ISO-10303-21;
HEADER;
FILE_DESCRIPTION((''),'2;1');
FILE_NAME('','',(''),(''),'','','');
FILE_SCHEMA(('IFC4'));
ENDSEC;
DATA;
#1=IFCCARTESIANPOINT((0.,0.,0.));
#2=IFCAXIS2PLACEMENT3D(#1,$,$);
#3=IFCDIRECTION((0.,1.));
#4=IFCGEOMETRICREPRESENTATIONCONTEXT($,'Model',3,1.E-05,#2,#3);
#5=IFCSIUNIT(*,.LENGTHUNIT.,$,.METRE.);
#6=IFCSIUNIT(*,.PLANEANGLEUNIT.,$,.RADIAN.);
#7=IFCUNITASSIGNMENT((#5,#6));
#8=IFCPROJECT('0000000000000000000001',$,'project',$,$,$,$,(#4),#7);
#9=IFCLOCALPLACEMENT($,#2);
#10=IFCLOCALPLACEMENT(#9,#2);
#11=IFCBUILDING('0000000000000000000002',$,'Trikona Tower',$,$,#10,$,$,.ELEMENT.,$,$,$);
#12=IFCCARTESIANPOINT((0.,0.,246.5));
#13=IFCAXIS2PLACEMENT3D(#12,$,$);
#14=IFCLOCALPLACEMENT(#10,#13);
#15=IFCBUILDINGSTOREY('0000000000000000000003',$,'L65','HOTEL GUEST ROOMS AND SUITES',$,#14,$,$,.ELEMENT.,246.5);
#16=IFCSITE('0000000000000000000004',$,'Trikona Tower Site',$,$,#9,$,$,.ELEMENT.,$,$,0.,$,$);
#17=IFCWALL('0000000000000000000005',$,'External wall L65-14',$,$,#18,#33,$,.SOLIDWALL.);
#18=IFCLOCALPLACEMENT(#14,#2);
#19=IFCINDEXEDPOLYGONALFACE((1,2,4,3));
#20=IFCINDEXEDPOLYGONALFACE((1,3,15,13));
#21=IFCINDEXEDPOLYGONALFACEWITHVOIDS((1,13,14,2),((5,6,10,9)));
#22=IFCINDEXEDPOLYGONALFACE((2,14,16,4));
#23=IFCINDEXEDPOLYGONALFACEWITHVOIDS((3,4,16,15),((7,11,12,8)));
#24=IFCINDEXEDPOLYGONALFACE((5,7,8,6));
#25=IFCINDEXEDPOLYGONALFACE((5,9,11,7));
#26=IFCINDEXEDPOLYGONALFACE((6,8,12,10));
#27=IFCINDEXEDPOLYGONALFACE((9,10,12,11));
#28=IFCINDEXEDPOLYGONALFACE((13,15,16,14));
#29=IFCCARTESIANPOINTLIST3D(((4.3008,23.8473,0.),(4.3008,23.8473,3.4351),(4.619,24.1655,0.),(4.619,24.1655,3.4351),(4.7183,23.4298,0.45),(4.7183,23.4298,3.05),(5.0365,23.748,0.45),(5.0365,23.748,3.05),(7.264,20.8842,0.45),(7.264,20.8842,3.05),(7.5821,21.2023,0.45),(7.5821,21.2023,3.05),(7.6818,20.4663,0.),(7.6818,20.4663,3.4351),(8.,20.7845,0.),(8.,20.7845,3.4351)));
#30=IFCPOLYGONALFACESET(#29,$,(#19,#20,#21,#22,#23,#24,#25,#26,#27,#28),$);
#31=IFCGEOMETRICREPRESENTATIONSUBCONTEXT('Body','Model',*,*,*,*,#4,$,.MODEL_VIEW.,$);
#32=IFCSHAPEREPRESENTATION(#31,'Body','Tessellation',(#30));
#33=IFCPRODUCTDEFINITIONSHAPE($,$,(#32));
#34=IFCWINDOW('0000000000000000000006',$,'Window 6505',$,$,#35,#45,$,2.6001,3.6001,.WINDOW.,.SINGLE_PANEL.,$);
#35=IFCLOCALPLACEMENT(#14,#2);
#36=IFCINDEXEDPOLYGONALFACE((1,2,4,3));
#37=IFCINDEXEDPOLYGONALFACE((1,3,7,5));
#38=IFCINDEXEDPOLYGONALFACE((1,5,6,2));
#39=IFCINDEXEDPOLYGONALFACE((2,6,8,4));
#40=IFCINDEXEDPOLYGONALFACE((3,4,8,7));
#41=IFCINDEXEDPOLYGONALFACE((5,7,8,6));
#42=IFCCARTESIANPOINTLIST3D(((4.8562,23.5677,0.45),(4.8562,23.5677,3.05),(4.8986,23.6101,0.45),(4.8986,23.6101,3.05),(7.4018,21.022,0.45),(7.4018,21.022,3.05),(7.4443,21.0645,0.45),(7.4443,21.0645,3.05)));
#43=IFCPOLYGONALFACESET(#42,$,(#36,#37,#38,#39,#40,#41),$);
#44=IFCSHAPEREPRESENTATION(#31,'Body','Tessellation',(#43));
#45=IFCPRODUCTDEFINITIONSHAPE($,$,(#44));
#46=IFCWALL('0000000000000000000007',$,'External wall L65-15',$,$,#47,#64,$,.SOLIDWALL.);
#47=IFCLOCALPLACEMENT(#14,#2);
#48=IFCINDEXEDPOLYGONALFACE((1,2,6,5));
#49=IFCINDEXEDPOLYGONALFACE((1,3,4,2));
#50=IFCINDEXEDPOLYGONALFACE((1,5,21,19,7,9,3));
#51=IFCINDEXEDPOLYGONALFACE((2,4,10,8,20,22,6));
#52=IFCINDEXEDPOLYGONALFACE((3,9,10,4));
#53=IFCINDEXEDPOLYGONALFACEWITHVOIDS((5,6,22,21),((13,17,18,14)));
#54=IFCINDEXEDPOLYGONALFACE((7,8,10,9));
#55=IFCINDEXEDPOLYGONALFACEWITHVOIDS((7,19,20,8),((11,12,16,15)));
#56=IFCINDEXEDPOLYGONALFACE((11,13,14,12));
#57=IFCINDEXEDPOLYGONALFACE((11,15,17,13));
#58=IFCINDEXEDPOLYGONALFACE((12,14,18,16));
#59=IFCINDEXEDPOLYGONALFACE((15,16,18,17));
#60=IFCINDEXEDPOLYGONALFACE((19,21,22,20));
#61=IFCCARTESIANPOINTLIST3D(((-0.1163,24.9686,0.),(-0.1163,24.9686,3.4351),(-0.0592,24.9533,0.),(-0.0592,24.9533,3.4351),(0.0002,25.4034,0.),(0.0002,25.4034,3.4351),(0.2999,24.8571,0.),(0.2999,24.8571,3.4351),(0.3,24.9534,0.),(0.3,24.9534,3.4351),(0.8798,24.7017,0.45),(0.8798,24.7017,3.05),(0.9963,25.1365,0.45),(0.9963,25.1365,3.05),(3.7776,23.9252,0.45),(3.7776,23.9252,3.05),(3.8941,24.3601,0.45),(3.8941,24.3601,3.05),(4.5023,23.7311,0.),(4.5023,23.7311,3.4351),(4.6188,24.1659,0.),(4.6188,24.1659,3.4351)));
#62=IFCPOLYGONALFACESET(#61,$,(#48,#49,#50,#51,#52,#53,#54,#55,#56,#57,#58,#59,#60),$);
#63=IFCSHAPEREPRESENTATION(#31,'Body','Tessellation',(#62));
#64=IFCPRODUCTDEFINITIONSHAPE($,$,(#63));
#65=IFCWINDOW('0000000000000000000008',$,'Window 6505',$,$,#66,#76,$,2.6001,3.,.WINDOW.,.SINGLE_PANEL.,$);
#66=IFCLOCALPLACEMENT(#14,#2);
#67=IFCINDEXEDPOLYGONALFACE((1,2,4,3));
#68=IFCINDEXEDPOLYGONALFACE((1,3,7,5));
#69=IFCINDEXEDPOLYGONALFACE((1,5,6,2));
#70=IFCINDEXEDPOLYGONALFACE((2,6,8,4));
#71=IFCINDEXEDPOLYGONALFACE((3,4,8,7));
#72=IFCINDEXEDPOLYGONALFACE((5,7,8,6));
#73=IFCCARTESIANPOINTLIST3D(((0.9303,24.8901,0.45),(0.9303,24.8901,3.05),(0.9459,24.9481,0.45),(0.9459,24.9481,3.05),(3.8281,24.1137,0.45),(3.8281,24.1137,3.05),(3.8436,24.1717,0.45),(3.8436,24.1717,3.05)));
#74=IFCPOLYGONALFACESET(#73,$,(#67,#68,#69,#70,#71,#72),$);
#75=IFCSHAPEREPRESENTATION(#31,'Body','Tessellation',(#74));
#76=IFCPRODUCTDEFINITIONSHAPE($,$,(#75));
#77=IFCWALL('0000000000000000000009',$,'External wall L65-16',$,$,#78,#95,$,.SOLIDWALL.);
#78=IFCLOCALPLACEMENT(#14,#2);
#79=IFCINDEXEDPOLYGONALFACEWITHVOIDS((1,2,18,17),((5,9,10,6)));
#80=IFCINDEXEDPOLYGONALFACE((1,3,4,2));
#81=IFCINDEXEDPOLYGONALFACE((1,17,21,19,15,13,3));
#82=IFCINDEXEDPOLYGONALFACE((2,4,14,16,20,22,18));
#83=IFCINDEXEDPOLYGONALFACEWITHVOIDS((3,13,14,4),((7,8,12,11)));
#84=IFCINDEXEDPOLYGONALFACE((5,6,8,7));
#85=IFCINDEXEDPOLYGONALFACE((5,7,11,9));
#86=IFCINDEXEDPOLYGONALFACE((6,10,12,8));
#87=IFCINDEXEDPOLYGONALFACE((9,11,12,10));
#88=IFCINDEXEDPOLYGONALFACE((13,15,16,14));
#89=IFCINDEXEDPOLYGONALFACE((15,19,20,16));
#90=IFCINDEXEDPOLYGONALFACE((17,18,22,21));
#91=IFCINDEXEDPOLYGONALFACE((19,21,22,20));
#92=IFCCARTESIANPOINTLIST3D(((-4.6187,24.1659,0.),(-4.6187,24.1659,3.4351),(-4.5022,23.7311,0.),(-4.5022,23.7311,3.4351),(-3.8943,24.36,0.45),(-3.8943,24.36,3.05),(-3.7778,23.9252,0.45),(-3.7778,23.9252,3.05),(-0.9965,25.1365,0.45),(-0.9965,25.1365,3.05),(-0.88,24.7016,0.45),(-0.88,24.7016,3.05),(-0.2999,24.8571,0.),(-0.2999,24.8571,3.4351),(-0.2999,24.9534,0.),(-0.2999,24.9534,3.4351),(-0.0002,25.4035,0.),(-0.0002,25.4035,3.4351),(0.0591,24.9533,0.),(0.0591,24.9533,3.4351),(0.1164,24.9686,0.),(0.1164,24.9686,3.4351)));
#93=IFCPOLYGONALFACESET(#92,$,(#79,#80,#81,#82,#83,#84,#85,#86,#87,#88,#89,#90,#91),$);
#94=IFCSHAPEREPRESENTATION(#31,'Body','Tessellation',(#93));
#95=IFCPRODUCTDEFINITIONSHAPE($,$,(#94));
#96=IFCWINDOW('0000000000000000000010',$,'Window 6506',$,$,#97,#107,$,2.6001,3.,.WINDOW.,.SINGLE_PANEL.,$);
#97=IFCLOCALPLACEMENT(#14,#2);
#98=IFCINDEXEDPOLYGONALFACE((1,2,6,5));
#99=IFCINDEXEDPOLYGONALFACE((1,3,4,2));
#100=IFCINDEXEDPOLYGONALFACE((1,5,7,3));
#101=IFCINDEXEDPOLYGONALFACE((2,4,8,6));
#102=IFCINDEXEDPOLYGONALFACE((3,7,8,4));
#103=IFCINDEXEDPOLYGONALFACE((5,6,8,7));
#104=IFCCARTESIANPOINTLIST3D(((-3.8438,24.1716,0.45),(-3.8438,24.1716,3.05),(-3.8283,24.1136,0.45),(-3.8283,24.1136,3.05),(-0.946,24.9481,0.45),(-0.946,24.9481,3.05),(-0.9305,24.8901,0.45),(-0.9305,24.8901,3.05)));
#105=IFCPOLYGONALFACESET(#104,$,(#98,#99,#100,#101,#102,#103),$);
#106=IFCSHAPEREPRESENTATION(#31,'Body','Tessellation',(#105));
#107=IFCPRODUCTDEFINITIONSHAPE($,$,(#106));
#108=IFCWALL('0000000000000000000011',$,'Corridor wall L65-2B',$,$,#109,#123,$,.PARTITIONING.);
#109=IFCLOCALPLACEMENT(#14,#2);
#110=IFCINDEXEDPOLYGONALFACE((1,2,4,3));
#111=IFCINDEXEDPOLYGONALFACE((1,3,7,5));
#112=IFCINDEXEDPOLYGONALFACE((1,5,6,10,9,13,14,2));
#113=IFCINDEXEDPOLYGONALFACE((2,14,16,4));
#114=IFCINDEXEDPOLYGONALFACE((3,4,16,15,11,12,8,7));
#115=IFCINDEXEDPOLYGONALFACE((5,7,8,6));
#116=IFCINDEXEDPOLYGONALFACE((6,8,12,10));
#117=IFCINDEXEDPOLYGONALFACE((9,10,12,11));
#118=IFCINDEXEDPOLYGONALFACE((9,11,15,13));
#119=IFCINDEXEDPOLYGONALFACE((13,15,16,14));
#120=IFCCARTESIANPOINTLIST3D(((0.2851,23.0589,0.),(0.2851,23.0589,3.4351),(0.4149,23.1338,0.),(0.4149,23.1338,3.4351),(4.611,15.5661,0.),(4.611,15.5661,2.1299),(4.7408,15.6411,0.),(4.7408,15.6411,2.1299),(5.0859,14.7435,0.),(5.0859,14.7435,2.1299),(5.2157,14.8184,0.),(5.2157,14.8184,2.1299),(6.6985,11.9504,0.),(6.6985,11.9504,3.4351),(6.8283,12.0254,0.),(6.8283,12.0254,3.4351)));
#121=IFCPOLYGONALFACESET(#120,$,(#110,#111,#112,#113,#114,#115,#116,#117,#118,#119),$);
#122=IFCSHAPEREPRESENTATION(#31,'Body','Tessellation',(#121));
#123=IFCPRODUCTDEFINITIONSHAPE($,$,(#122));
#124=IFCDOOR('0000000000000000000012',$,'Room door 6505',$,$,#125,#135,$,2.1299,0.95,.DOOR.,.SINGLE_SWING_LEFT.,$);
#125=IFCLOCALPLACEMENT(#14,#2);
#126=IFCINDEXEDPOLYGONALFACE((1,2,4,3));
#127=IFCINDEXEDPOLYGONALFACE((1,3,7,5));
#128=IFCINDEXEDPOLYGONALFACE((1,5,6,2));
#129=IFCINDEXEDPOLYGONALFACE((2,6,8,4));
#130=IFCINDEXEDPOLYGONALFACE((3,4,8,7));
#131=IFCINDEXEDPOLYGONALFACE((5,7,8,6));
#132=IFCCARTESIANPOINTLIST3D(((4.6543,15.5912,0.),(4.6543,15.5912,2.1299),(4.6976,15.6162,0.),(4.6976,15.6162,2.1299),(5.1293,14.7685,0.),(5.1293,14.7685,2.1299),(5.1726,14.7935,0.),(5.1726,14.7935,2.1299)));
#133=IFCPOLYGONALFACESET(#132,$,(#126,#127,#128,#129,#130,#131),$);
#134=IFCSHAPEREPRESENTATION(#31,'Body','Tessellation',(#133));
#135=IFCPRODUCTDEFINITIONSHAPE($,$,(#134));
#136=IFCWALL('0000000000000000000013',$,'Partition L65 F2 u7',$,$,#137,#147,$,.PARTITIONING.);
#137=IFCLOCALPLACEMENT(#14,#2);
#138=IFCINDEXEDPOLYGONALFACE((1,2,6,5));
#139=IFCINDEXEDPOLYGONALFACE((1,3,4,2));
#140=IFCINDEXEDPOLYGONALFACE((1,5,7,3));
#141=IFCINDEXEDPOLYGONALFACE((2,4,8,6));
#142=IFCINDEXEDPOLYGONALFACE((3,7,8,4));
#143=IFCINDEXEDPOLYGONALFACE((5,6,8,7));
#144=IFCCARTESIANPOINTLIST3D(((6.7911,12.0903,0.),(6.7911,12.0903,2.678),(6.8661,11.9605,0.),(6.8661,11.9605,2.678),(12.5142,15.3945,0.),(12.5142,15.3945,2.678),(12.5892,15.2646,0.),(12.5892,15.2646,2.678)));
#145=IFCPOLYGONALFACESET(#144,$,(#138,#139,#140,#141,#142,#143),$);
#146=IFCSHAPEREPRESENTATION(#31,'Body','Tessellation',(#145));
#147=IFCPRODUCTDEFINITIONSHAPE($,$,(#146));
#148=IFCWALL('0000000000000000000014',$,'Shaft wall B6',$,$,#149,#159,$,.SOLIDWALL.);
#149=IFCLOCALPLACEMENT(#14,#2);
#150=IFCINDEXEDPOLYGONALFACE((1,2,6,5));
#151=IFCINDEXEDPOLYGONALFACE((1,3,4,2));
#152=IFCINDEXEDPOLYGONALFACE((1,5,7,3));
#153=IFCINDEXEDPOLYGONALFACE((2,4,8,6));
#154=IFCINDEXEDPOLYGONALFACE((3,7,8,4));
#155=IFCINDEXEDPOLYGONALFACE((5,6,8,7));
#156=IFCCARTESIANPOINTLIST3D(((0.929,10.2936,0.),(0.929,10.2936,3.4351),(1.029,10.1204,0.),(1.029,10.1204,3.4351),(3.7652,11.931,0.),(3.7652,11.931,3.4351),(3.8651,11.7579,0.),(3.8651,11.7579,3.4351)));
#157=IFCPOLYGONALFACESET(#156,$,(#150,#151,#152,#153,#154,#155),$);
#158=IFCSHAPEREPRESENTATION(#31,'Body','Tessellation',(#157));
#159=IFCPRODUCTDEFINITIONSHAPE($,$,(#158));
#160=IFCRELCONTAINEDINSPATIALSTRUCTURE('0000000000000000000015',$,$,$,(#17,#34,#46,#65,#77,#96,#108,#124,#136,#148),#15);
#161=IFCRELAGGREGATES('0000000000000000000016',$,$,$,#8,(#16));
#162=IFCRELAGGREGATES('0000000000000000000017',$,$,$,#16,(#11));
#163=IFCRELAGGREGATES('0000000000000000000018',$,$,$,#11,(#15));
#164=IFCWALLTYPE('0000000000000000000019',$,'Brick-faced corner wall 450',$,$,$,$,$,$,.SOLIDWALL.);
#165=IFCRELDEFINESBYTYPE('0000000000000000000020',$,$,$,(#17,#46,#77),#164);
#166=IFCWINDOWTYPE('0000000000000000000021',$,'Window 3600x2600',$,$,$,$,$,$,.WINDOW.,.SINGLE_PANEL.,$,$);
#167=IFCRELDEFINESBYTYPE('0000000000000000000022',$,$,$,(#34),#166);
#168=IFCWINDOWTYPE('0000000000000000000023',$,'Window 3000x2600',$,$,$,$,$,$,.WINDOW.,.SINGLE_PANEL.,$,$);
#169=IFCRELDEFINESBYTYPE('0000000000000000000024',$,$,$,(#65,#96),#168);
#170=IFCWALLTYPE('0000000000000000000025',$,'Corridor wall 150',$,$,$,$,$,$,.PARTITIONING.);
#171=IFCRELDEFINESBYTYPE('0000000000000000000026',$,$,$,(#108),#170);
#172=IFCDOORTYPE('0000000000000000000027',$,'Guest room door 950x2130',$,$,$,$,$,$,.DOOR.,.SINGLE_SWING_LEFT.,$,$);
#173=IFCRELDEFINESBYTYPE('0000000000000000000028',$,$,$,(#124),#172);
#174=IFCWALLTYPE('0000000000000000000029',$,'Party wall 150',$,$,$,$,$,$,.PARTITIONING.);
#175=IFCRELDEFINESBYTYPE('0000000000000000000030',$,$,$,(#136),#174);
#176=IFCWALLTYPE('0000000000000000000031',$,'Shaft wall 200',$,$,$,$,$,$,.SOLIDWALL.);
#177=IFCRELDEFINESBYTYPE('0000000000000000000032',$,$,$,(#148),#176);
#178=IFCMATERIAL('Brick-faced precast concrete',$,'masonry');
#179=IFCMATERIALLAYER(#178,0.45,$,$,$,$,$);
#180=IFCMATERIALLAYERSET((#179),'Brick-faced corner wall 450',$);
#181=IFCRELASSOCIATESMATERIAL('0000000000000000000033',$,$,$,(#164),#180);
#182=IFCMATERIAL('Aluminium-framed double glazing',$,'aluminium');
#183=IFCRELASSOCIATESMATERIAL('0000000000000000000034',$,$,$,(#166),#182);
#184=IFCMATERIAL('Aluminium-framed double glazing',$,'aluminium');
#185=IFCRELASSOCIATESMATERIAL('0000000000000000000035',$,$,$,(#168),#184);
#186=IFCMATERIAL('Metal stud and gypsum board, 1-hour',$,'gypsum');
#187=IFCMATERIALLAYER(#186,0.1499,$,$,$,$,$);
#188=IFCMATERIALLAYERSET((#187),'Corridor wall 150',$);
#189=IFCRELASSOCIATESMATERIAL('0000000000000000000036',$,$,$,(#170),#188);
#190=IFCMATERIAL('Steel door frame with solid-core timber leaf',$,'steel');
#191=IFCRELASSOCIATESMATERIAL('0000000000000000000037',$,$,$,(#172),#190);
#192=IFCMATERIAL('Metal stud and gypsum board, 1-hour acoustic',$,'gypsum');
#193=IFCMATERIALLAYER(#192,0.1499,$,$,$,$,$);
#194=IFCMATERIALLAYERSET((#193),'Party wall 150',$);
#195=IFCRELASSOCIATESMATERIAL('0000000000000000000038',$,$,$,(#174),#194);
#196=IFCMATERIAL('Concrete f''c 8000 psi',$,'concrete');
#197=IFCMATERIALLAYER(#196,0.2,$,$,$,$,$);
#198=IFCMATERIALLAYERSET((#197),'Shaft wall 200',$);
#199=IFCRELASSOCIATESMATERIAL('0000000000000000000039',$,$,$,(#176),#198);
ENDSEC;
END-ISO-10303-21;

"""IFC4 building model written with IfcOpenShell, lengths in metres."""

from ifc_helpers import new_model, si_unit, direction, frame, frame_2d, origin, place, context, subcontext, project, spatial, polyline, rectangle, outline, extrude, material, layer, layer_set, type_object, element, fill, save


model = new_model("IFC4")

# Units and contexts
model_context = context("Model", 3, precision=1e-05, world=origin(), true_north=direction((0.0, 1.0)))
body_context = subcontext(model_context, "Body", "Model", "MODEL_VIEW")
ifc_project = project(units=[si_unit("LENGTHUNIT", "METRE"), si_unit("PLANEANGLEUNIT", "RADIAN")], contexts=[model_context])

# Site, building, storey
site_placement = place(None, origin())
site = spatial("IfcSite", under=ifc_project, at=site_placement, Name="Trikona Tower Site", CompositionType="ELEMENT", RefElevation=0.0)
building_placement = place(site_placement, origin())
building = spatial("IfcBuilding", under=site, at=building_placement, Name="Trikona Tower", CompositionType="ELEMENT")
storey_placement = place(building_placement, frame((0.0, 0.0, 246.5)))
storey = spatial("IfcBuildingStorey", under=building, at=storey_placement, Name="L65", Description="HOTEL GUEST ROOMS AND SUITES", CompositionType="ELEMENT", Elevation=246.5)

# Walls, openings, windows
ifc_material_1 = material(Name="Brick-faced precast concrete", Category="masonry")
ifc_layer_1 = layer(ifc_material_1, 0.45)
ifc_layer_set_1 = layer_set([ifc_layer_1], Name="Brick-faced corner wall 450")
wall_type_1 = type_object("IfcWallType", Name="Brick-faced corner wall 450", PredefinedType="SOLIDWALL", material=ifc_layer_set_1)
wall_1_placement = place(storey_placement, frame((7.8408, 20.6255, 0.0), z_axis=(0.0, 0.0, 1.0), x_axis=(-0.707107, 0.707107, 0.0)))
wall_1 = element("IfcWall", 1, at=wall_1_placement, inside=storey, type_object=wall_type_1, Name="External wall L65-14", PredefinedType="SOLIDWALL", context=body_context, shape_type="SweptSolid", body=[
    extrude(rectangle(XDim=4.7815, YDim=0.45, at=frame_2d((2.3906, 0.0))), origin(), (0.0, 0.0, 1.0), 3.4351),
])
opening_1_placement = place(wall_1_placement, frame((0.5908, 0.0, 0.45)))
opening_1 = element("IfcOpeningElement", 2, at=opening_1_placement, cuts=wall_1, PredefinedType="OPENING", context=body_context, shape_type="SweptSolid", body=[
    extrude(rectangle(XDim=3.6001, YDim=2.6001, at=frame_2d((1.8, 1.3))), frame((0.0, 0.2349, 0.0), z_axis=(0.0, -1.0, 0.0), x_axis=(1.0, 0.0, 0.0)), (0.0, 0.0, 1.0), 0.47),
])
ifc_material_2 = material(Name="Aluminium-framed double glazing", Category="aluminium")
window_type_1 = type_object("IfcWindowType", Name="Window 3600x2600", PartitioningType="SINGLE_PANEL", PredefinedType="WINDOW", material=ifc_material_2)
window_1_placement = place(opening_1_placement, origin())
window_1 = element("IfcWindow", 3, at=window_1_placement, inside=storey, type_object=window_type_1, Name="Window 6505", OverallHeight=2.6001, OverallWidth=3.6001, PartitioningType="SINGLE_PANEL", PredefinedType="WINDOW", context=body_context, shape_type="SweptSolid", body=[
    extrude(rectangle(XDim=3.6001, YDim=2.6001, at=frame_2d((1.8, 1.3))), frame((0.0, 0.03, 0.0), z_axis=(0.0, -1.0, 0.0), x_axis=(1.0, 0.0, 0.0)), (0.0, 0.0, 1.0), 0.0601),
])
fill(opening_1, window_1)
wall_2_placement = place(storey_placement, frame((4.5605, 23.9485, 0.0), z_axis=(0.0, 0.0, 1.0), x_axis=(-0.965927, 0.258816, 0.0)))
wall_2 = element("IfcWall", 4, at=wall_2_placement, inside=storey, type_object=wall_type_1, Name="External wall L65-15", PredefinedType="SOLIDWALL", context=body_context, shape_type="SweptSolid", body=[
    extrude(outline(polyline([(4.7815, 0.2251), (4.7224, 0.2251), (4.3755, 0.1321), (4.3506, 0.2251), (0.0, 0.2251), (0.0, -0.2251), (4.7815, -0.2251), (4.7815, 0.2251)])), origin(), (0.0, 0.0, 1.0), 3.4351),
])
opening_2_placement = place(wall_2_placement, frame((0.7502, 0.0, 0.45)))
opening_2 = element("IfcOpeningElement", 5, at=opening_2_placement, cuts=wall_2, PredefinedType="OPENING", context=body_context, shape_type="SweptSolid", body=[
    extrude(rectangle(XDim=3.0, YDim=2.6001, at=frame_2d((1.5, 1.3))), frame((0.0, 0.2349, 0.0), z_axis=(0.0, -1.0, 0.0), x_axis=(1.0, 0.0, 0.0)), (0.0, 0.0, 1.0), 0.47),
])
ifc_material_3 = material(Name="Aluminium-framed double glazing", Category="aluminium")
window_type_2 = type_object("IfcWindowType", Name="Window 3000x2600", PartitioningType="SINGLE_PANEL", PredefinedType="WINDOW", material=ifc_material_3)
window_2_placement = place(opening_2_placement, origin())
window_2 = element("IfcWindow", 6, at=window_2_placement, inside=storey, type_object=window_type_2, Name="Window 6505", OverallHeight=2.6001, OverallWidth=3.0, PartitioningType="SINGLE_PANEL", PredefinedType="WINDOW", context=body_context, shape_type="SweptSolid", body=[
    extrude(rectangle(XDim=3.0, YDim=2.6001, at=frame_2d((1.5, 1.3))), frame((0.0, 0.03, 0.0), z_axis=(0.0, -1.0, 0.0), x_axis=(1.0, 0.0, 0.0)), (0.0, 0.0, 1.0), 0.0601),
])
fill(opening_2, window_2)
wall_3_placement = place(storey_placement, frame((0.0581, 25.186, 0.0), z_axis=(0.0, 0.0, 1.0), x_axis=(-0.965927, -0.258816, 0.0)))
wall_3 = element("IfcWall", 7, at=wall_3_placement, inside=storey, type_object=wall_type_1, Name="External wall L65-16", PredefinedType="SOLIDWALL", context=body_context, shape_type="SweptSolid", body=[
    extrude(outline(polyline([(4.7815, 0.2251), (0.4309, 0.2251), (0.406, 0.1321), (0.0593, 0.2251), (0.0, 0.2251), (0.0, -0.2251), (4.7815, -0.2251), (4.7815, 0.2251)])), origin(), (0.0, 0.0, 1.0), 3.4351),
])
opening_3_placement = place(wall_3_placement, frame((1.0315, 0.0, 0.45)))
opening_3 = element("IfcOpeningElement", 8, at=opening_3_placement, cuts=wall_3, PredefinedType="OPENING", context=body_context, shape_type="SweptSolid", body=[
    extrude(rectangle(XDim=3.0, YDim=2.6001, at=frame_2d((1.5, 1.3))), frame((0.0, 0.2349, 0.0), z_axis=(0.0, -1.0, 0.0), x_axis=(1.0, 0.0, 0.0)), (0.0, 0.0, 1.0), 0.47),
])
window_3_placement = place(opening_3_placement, origin())
window_3 = element("IfcWindow", 9, at=window_3_placement, inside=storey, type_object=window_type_2, Name="Window 6506", OverallHeight=2.6001, OverallWidth=3.0, PartitioningType="SINGLE_PANEL", PredefinedType="WINDOW", context=body_context, shape_type="SweptSolid", body=[
    extrude(rectangle(XDim=3.0, YDim=2.6001, at=frame_2d((1.5, 1.3))), frame((0.0, 0.03, 0.0), z_axis=(0.0, -1.0, 0.0), x_axis=(1.0, 0.0, 0.0)), (0.0, 0.0, 1.0), 0.0601),
])
fill(opening_3, window_3)

# Wall, opening, door
ifc_material_4 = material(Name="Metal stud and gypsum board, 1-hour", Category="gypsum")
ifc_layer_2 = layer(ifc_material_4, 0.1499)
ifc_layer_set_2 = layer_set([ifc_layer_2], Name="Corridor wall 150")
wall_type_2 = type_object("IfcWallType", Name="Corridor wall 150", PredefinedType="PARTITIONING", material=ifc_layer_set_2)
wall_4_placement = place(storey_placement, frame((6.7634, 11.9878, 0.0), z_axis=(0.0, 0.0, 1.0), x_axis=(-0.499994, 0.866029, 0.0)))
wall_4 = element("IfcWall", 10, at=wall_4_placement, inside=storey, type_object=wall_type_2, Name="Corridor wall L65-2B", PredefinedType="PARTITIONING", context=body_context, shape_type="SweptSolid", body=[
    extrude(rectangle(XDim=12.8269, YDim=0.1499, at=frame_2d((6.4136, 0.0))), origin(), (0.0, 0.0, 1.0), 3.4351),
])
opening_4_placement = place(wall_4_placement, frame((3.2251, 0.0, 0.0)))
opening_4 = element("IfcOpeningElement", 11, at=opening_4_placement, cuts=wall_4, PredefinedType="OPENING", context=body_context, shape_type="SweptSolid", body=[
    extrude(rectangle(XDim=0.95, YDim=2.1299, at=frame_2d((0.4751, 1.0649))), frame((0.0, 0.085, 0.0), z_axis=(0.0, -1.0, 0.0), x_axis=(1.0, 0.0, 0.0)), (0.0, 0.0, 1.0), 0.1699),
])
ifc_material_5 = material(Name="Steel door frame with solid-core timber leaf", Category="steel")
door_type_1 = type_object("IfcDoorType", Name="Guest room door 950x2130", OperationType="SINGLE_SWING_LEFT", PredefinedType="DOOR", material=ifc_material_5)
door_1_placement = place(opening_4_placement, origin())
door_1 = element("IfcDoor", 12, at=door_1_placement, inside=storey, type_object=door_type_1, Name="Room door 6505", OperationType="SINGLE_SWING_LEFT", OverallHeight=2.1299, OverallWidth=0.95, PredefinedType="DOOR", context=body_context, shape_type="SweptSolid", body=[
    extrude(rectangle(XDim=0.95, YDim=2.1299, at=frame_2d((0.4751, 1.0649))), frame((0.0, 0.0249, 0.0), z_axis=(0.0, -1.0, 0.0), x_axis=(1.0, 0.0, 0.0)), (0.0, 0.0, 1.0), 0.05),
])
fill(opening_4, door_1)

# Walls
ifc_material_6 = material(Name="Metal stud and gypsum board, 1-hour acoustic", Category="gypsum")
ifc_layer_3 = layer(ifc_material_6, 0.1499)
ifc_layer_set_3 = layer_set([ifc_layer_3], Name="Party wall 150")
wall_type_3 = type_object("IfcWallType", Name="Party wall 150", PredefinedType="PARTITIONING", material=ifc_layer_set_3)
wall_5_placement = place(storey_placement, frame((6.8286, 12.0254, 0.0), z_axis=(0.0, 0.0, 1.0), x_axis=(0.866029, 0.499993, 0.0)))
element("IfcWall", 13, at=wall_5_placement, inside=storey, type_object=wall_type_3, Name="Partition L65 F2 u7", PredefinedType="PARTITIONING", context=body_context, shape_type="SweptSolid", body=[
    extrude(rectangle(XDim=6.6084, YDim=0.1499, at=frame_2d((3.3042, 0.0))), origin(), (0.0, 0.0, 1.0), 2.678),
])
ifc_material_7 = material(Name="Concrete f'c 8000 psi", Category="concrete")
ifc_layer_4 = layer(ifc_material_7, 0.2)
ifc_layer_set_4 = layer_set([ifc_layer_4], Name="Shaft wall 200")
wall_type_4 = type_object("IfcWallType", Name="Shaft wall 200", PredefinedType="SOLIDWALL", material=ifc_layer_set_4)
wall_6_placement = place(storey_placement, frame((0.979, 10.207, 0.0), z_axis=(0.0, 0.0, 1.0), x_axis=(0.866028, 0.499996, 0.0)))
element("IfcWall", 14, at=wall_6_placement, inside=storey, type_object=wall_type_4, Name="Shaft wall B6", PredefinedType="SOLIDWALL", context=body_context, shape_type="SweptSolid", body=[
    extrude(rectangle(XDim=3.2749, YDim=0.2, at=frame_2d((1.6375, 0.0))), origin(), (0.0, 0.0, 1.0), 3.4351),
])

save(model, "model.ifc")
